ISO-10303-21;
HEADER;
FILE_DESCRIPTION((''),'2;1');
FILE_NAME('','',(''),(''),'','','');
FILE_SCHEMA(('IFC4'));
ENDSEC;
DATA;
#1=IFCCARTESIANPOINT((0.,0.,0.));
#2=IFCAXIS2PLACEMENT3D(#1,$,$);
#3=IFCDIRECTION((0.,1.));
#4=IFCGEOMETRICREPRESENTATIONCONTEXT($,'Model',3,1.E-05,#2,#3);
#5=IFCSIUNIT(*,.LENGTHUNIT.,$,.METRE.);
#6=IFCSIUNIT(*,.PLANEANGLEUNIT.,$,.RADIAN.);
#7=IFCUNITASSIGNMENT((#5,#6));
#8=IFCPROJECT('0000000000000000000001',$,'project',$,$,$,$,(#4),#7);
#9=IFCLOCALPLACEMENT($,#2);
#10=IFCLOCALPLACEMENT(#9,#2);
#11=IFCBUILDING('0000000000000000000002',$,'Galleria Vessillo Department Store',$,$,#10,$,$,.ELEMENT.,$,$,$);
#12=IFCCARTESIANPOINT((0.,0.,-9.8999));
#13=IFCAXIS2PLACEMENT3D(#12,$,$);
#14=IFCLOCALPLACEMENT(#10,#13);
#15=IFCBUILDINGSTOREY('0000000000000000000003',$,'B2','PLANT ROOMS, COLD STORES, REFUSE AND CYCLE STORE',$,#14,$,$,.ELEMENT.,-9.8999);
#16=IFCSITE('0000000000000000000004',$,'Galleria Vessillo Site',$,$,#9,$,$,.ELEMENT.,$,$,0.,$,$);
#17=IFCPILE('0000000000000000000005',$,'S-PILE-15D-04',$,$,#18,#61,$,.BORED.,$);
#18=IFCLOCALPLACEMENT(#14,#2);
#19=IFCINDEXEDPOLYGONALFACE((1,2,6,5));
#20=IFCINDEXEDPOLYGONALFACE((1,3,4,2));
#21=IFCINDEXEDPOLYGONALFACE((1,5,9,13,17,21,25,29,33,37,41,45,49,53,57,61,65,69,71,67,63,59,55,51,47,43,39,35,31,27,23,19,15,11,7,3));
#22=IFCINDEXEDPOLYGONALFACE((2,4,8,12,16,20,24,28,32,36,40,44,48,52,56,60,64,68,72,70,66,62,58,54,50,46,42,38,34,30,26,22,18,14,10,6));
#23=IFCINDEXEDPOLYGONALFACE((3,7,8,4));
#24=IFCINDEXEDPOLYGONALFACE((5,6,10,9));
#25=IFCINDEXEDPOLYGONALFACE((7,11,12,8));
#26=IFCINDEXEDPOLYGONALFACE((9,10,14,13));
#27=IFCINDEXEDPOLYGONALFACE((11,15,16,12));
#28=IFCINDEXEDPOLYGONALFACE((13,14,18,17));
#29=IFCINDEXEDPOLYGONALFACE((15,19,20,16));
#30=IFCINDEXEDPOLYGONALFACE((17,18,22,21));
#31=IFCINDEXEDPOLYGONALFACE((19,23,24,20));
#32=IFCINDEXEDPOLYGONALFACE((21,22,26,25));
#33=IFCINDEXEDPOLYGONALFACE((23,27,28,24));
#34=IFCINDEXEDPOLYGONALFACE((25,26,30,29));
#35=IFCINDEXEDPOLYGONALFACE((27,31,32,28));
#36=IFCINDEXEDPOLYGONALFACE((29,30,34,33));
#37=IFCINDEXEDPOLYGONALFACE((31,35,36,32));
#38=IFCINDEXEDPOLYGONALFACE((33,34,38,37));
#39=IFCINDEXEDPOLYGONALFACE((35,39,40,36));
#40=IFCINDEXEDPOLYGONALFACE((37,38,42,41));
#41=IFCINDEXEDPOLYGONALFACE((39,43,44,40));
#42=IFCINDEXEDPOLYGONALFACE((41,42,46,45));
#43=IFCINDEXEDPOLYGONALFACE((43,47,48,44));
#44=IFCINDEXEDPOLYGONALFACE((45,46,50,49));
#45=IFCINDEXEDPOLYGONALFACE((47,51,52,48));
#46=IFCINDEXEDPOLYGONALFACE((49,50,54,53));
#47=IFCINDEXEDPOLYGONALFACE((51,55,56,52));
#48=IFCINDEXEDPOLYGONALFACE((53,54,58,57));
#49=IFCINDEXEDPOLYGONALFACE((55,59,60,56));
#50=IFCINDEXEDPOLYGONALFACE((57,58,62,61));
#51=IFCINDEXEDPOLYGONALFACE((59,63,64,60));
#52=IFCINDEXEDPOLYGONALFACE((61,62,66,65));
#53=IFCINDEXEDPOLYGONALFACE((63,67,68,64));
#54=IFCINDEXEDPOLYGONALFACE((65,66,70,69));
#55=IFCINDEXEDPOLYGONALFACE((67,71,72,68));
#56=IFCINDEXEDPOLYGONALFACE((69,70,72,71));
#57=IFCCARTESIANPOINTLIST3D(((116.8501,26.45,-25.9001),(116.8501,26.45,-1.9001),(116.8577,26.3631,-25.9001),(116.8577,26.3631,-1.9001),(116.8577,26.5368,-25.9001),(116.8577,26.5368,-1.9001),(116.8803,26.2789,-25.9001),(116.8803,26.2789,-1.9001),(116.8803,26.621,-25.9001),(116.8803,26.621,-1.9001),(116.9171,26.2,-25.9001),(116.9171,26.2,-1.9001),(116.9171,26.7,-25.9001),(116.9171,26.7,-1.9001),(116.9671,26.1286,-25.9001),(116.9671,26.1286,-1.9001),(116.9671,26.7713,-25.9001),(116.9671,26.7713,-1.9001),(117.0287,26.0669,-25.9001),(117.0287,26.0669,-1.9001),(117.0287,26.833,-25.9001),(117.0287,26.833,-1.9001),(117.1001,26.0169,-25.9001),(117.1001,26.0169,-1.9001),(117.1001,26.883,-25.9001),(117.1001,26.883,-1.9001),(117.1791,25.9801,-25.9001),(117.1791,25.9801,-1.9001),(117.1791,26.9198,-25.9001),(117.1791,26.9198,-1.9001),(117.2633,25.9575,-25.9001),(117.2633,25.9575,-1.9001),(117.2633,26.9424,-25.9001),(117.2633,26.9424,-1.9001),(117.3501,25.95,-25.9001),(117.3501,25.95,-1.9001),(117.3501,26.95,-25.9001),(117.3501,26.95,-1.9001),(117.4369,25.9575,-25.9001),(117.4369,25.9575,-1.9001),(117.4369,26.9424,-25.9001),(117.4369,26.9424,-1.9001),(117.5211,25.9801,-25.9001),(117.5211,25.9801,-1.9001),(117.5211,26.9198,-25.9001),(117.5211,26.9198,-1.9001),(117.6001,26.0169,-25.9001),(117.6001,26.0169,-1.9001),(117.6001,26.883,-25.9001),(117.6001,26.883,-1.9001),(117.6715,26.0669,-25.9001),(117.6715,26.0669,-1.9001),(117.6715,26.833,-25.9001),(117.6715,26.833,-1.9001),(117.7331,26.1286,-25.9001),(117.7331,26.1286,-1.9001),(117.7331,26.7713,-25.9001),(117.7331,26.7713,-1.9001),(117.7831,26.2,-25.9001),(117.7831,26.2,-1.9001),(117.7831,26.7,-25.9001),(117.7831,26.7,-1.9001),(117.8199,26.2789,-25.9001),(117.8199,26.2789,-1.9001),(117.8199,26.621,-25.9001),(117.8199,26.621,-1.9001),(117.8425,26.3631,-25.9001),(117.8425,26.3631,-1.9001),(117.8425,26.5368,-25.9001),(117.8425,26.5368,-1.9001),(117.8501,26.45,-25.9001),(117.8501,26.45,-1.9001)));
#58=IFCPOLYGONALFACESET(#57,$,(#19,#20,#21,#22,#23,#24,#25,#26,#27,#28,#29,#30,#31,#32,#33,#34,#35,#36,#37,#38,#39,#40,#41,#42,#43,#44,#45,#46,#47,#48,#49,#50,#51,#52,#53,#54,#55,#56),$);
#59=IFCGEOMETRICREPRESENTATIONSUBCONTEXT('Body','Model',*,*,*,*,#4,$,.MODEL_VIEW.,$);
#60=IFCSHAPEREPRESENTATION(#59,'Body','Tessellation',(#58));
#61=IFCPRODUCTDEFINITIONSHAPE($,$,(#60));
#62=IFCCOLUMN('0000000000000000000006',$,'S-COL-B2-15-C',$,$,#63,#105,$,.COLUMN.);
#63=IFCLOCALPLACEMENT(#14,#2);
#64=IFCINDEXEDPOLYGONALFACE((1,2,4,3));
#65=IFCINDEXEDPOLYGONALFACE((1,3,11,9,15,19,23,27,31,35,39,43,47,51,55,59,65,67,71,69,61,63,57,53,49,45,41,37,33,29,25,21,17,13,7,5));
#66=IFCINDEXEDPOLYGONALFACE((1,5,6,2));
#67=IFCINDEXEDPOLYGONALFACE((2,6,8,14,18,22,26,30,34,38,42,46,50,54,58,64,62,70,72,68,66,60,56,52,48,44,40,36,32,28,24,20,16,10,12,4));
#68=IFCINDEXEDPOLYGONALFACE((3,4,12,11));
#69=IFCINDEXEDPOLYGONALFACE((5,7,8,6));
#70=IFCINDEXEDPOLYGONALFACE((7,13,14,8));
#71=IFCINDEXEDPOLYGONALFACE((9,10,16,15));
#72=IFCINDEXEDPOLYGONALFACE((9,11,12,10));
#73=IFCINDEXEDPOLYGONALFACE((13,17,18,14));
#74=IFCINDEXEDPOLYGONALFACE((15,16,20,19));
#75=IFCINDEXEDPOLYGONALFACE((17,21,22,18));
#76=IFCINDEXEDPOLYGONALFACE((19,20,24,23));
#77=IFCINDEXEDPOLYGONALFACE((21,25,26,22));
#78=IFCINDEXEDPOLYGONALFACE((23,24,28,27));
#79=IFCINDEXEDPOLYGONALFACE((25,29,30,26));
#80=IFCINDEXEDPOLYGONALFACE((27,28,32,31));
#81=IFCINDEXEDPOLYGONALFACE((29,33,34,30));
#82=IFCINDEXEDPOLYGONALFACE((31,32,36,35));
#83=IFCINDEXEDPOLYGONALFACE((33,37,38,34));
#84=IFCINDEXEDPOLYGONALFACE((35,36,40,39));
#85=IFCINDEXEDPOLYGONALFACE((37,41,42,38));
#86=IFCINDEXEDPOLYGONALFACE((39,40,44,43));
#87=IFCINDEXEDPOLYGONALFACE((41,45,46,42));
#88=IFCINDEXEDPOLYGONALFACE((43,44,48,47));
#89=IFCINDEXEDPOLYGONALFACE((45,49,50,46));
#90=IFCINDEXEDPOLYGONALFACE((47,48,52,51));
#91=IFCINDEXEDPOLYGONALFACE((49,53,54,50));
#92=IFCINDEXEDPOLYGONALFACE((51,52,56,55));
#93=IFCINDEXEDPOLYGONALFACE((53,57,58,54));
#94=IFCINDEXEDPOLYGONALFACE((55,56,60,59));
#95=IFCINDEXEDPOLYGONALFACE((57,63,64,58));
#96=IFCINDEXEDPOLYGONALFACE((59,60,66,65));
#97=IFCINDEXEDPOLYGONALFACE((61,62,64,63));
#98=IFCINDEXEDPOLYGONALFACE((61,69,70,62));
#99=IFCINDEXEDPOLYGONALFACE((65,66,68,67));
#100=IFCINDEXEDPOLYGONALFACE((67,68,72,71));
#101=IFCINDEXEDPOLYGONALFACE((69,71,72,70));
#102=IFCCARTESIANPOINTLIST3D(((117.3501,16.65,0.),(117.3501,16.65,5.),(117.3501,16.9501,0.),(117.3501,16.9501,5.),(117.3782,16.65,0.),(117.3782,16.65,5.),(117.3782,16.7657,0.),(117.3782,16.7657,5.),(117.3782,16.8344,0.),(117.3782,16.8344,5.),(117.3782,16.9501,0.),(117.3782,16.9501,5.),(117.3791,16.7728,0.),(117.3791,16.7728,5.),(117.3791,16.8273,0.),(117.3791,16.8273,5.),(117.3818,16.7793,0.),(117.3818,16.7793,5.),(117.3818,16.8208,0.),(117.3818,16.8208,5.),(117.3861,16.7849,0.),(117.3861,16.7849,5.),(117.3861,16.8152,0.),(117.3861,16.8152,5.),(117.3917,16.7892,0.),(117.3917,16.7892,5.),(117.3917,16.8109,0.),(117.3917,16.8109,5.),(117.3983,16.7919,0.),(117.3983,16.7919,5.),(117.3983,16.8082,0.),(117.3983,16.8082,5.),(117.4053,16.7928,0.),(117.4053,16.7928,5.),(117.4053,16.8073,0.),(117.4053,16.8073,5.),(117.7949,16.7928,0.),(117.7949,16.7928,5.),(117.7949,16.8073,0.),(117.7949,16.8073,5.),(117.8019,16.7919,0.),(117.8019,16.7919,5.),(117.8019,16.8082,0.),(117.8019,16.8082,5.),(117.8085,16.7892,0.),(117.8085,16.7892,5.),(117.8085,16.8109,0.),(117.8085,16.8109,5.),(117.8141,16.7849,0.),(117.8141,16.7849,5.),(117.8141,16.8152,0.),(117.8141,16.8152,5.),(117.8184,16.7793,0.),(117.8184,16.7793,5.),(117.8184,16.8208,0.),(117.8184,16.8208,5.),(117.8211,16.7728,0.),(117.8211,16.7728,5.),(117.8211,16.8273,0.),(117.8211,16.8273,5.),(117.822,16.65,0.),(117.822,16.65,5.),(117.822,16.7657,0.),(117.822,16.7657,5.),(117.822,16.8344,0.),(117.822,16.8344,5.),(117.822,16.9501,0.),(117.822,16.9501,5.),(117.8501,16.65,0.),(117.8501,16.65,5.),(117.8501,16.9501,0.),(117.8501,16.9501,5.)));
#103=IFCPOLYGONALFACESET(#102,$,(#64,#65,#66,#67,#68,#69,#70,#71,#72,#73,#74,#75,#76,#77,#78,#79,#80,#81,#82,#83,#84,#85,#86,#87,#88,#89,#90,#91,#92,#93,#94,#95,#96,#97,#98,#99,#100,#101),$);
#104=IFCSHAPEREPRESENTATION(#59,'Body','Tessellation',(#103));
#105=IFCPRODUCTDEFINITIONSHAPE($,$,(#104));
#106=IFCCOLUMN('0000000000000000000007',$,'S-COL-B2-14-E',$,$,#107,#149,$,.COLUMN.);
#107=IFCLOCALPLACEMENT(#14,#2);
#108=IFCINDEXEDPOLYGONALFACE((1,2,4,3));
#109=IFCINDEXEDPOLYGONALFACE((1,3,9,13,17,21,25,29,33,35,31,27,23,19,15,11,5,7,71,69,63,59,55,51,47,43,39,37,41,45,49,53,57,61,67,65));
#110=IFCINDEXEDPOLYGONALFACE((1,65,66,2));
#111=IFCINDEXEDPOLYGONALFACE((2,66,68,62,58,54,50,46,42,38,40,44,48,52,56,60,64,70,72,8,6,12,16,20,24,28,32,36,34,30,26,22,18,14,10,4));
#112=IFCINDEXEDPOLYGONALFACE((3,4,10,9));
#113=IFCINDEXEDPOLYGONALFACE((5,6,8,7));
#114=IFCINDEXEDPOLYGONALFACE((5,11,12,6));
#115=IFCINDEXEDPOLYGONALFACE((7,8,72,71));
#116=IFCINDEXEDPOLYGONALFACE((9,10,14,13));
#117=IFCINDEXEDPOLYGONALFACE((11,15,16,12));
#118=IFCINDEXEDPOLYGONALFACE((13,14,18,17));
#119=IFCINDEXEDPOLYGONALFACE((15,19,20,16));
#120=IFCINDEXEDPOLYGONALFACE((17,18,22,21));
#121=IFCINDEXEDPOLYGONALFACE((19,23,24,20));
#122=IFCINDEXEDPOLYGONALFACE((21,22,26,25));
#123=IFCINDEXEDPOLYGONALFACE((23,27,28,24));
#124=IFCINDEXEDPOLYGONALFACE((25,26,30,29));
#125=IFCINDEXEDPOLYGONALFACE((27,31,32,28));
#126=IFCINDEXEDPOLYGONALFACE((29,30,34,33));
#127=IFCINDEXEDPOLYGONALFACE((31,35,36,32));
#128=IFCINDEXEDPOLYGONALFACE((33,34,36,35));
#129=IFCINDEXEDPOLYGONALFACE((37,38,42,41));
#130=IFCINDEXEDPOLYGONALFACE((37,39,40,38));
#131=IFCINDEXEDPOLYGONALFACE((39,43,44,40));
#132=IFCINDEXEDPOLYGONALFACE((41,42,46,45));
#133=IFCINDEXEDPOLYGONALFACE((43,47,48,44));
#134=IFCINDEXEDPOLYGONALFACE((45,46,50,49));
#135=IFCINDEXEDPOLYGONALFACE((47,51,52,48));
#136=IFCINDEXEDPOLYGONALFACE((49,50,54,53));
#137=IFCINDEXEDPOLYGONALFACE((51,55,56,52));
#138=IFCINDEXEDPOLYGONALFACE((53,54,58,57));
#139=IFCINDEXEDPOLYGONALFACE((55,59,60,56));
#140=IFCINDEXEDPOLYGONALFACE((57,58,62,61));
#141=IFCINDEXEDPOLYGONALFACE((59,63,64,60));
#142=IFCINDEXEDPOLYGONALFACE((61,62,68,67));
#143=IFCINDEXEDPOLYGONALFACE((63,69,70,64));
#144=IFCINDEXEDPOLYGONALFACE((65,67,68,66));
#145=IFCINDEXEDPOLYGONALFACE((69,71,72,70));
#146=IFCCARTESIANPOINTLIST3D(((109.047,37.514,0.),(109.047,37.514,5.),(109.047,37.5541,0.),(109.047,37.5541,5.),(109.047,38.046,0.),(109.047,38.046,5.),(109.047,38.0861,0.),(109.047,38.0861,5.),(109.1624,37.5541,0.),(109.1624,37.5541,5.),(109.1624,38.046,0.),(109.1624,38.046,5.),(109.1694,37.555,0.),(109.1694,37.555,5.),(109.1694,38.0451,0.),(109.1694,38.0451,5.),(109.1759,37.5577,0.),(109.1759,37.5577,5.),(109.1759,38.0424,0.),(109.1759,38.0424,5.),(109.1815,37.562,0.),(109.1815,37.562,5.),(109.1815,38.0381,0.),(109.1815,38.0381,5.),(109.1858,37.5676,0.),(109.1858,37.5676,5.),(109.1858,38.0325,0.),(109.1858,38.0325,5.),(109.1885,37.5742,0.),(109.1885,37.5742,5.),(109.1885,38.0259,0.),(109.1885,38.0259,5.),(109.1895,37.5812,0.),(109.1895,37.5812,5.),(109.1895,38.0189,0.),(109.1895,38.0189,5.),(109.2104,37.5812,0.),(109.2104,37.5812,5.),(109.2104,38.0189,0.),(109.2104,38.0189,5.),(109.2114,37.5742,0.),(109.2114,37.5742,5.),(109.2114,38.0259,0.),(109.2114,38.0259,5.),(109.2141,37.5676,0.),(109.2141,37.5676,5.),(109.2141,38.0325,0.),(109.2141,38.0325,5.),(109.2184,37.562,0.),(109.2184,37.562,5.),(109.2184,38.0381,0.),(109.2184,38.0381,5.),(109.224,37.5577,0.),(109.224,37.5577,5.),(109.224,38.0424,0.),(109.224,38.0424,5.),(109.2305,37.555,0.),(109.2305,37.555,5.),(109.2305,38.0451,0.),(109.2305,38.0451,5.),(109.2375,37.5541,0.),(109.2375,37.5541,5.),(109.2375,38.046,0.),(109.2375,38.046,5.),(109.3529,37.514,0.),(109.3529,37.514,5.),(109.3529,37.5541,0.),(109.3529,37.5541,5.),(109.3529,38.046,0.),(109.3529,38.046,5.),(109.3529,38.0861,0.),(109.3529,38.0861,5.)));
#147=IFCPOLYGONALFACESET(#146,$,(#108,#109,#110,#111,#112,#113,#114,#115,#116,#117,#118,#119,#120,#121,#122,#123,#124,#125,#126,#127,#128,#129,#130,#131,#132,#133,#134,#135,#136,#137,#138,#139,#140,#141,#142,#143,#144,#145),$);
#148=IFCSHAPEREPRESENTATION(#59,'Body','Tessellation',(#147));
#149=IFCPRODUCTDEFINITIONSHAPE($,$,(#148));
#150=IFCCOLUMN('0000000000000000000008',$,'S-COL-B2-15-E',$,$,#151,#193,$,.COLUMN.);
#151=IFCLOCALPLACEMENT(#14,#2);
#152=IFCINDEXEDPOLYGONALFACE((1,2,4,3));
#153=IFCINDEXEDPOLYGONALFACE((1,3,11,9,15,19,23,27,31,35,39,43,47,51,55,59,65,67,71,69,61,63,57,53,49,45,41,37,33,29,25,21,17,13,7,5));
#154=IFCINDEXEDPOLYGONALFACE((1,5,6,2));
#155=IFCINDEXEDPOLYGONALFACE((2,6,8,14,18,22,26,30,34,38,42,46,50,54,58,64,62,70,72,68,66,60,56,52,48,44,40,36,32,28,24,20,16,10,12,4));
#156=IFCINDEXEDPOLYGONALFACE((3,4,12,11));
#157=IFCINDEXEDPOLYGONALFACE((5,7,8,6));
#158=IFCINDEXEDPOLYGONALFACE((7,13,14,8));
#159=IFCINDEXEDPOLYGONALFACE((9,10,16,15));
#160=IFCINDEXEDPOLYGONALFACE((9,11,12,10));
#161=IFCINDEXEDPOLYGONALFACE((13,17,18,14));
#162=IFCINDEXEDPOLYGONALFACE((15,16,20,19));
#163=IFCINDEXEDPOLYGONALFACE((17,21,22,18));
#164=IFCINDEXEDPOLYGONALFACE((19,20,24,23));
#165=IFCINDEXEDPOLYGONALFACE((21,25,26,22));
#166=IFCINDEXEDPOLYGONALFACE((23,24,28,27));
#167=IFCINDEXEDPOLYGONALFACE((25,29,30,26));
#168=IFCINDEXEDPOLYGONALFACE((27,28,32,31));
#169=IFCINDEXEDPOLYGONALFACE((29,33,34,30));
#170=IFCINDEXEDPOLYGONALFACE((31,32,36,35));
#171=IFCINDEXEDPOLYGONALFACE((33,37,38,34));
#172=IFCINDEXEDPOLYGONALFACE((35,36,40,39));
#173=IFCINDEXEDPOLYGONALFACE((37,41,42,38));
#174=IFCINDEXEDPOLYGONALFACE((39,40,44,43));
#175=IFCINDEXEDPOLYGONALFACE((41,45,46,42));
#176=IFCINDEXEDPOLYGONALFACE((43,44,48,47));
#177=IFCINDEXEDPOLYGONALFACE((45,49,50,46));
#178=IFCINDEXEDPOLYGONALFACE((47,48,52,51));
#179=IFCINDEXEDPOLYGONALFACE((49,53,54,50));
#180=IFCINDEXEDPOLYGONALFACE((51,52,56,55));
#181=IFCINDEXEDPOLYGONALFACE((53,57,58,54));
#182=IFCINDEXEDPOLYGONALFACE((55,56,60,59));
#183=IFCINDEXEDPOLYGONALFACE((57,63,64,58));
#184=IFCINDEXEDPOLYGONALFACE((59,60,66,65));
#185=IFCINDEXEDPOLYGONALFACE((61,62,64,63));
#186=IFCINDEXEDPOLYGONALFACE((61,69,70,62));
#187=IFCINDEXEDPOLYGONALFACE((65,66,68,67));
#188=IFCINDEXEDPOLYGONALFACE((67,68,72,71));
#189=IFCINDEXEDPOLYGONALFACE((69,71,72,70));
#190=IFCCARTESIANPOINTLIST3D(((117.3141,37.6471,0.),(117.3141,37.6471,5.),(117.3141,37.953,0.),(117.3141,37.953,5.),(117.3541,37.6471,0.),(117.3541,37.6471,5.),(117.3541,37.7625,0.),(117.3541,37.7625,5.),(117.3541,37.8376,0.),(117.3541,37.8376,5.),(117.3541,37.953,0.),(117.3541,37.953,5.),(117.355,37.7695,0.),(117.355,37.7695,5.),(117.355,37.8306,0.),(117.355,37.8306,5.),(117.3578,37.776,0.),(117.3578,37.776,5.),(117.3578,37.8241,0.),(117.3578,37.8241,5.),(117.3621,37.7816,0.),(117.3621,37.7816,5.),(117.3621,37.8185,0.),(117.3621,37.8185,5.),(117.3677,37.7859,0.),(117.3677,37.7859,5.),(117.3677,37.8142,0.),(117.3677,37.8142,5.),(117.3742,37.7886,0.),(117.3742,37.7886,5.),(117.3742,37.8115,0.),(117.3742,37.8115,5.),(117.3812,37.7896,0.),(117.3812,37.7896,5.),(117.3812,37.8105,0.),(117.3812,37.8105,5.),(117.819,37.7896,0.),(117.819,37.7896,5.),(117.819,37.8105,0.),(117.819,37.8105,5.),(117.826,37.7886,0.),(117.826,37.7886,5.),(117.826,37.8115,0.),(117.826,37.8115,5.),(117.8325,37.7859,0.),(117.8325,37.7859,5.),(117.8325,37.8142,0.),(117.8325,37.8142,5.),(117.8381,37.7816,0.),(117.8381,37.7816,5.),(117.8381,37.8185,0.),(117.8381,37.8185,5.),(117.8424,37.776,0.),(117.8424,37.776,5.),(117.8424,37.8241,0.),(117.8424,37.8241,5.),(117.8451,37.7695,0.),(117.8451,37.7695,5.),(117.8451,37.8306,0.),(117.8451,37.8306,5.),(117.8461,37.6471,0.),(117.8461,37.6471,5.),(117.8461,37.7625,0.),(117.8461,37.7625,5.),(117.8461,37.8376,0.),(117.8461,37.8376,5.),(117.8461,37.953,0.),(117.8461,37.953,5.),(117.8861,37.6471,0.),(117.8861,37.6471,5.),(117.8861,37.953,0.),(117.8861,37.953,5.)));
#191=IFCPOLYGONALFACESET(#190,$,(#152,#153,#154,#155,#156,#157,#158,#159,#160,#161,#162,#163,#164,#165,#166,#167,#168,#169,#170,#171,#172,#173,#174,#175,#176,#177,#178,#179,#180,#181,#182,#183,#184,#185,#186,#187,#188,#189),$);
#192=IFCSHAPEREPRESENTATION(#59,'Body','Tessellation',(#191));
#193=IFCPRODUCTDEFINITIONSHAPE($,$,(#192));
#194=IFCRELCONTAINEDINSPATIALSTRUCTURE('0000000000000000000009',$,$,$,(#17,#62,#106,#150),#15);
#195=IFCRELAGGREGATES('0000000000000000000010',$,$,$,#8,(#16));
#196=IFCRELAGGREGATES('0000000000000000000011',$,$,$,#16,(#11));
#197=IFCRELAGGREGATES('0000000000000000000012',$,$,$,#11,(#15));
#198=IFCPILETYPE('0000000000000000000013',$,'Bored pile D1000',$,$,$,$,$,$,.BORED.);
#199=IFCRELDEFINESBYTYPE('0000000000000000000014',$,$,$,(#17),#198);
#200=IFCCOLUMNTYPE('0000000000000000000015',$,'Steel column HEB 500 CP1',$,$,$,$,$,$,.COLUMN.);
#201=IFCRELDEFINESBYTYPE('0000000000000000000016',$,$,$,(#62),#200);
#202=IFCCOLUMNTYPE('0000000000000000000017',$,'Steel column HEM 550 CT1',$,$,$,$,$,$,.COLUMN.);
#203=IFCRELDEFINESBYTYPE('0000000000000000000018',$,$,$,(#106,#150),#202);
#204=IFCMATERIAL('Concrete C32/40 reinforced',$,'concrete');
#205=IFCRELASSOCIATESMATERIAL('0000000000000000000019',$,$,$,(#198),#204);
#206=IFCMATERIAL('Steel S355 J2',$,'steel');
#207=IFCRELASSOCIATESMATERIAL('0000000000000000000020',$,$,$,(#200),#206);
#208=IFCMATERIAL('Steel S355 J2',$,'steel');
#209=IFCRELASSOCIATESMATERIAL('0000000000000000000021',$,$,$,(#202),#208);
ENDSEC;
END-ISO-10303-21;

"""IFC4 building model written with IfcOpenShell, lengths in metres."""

from ifc_helpers import new_model, si_unit, direction, frame, origin, origin_2d, place, context, subcontext, project, spatial, circle, i_section, extrude, material, material_profile, profile_set, type_object, element, save


model = new_model("IFC4")

# Units and contexts
model_context = context("Model", 3, precision=1e-05, world=origin(), true_north=direction((0.0, 1.0)))
body_context = subcontext(model_context, "Body", "Model", "MODEL_VIEW")
ifc_project = project(units=[si_unit("LENGTHUNIT", "METRE"), si_unit("PLANEANGLEUNIT", "RADIAN")], contexts=[model_context])

# Site, building, storey
site_placement = place(None, origin())
site = spatial("IfcSite", under=ifc_project, at=site_placement, Name="Galleria Vessillo Site", CompositionType="ELEMENT", RefElevation=0.0)
building_placement = place(site_placement, origin())
building = spatial("IfcBuilding", under=site, at=building_placement, Name="Galleria Vessillo Department Store", CompositionType="ELEMENT")
storey_placement = place(building_placement, frame((0.0, 0.0, -9.8999)))
storey = spatial("IfcBuildingStorey", under=building, at=storey_placement, Name="B2", Description="PLANT ROOMS, COLD STORES, REFUSE AND CYCLE STORE", CompositionType="ELEMENT", Elevation=-9.8999)

# Pile
ifc_material_1 = material(Name="Concrete C32/40 reinforced", Category="concrete")
ifc_material_profile_1 = material_profile(ifc_material_1, circle(Radius=0.5, at=origin_2d()), Name="Bored pile D1000")
ifc_profile_set_1 = profile_set([ifc_material_profile_1], Name="Concrete C32/40 reinforced")
pile_type = type_object("IfcPileType", Name="Bored pile D1000", PredefinedType="BORED", material=ifc_profile_set_1)
for number, where, z_axis, x_axis, name in (
    (1, (117.3501, 26.45, -1.9001), (0.0, 0.0, -1.0), (1.0, 0.0, 0.0), "S-PILE-15D-04"),
):
    element("IfcPile", number, at=place(storey_placement, frame(where, z_axis=z_axis, x_axis=x_axis)), inside=storey, type_object=pile_type, Name=name, PredefinedType="BORED", context=body_context, shape_type="SweptSolid", body=[
        extrude(circle(Radius=0.5, at=origin_2d()), origin(), (0.0, 0.0, 1.0), 24.0),
    ])

# Columns
ifc_material_2 = material(Name="Steel S355 J2", Category="steel")
ifc_material_profile_2 = material_profile(ifc_material_2, i_section(OverallWidth=0.3, OverallDepth=0.5, WebThickness=0.0144, FlangeThickness=0.0281, FilletRadius=0.0271, at=origin_2d()), Name="HEB 500")
ifc_profile_set_2 = profile_set([ifc_material_profile_2], Name="Steel S355 J2")
column_type_1 = type_object("IfcColumnType", Name="Steel column HEB 500 CP1", PredefinedType="COLUMN", material=ifc_profile_set_2)
column_placement = place(storey_placement, frame((117.6001, 16.8, 0.0), z_axis=(0.0, 0.0, 1.0), x_axis=(0.0, 1.0, 0.0)))
element("IfcColumn", 2, at=column_placement, inside=storey, type_object=column_type_1, Name="S-COL-B2-15-C", PredefinedType="COLUMN", context=body_context, shape_type="SweptSolid", body=[
    extrude(i_section(OverallWidth=0.3, OverallDepth=0.5, WebThickness=0.0144, FlangeThickness=0.0281, FilletRadius=0.0271, at=origin_2d()), origin(), (0.0, 0.0, 1.0), 5.0),
])
ifc_material_3 = material(Name="Steel S355 J2", Category="steel")
ifc_material_profile_3 = material_profile(ifc_material_3, i_section(OverallWidth=0.3059, OverallDepth=0.572, WebThickness=0.021, FlangeThickness=0.04, FilletRadius=0.0271, at=origin_2d()), Name="HEM 550")
ifc_profile_set_3 = profile_set([ifc_material_profile_3], Name="Steel S355 J2")
column_type_2 = type_object("IfcColumnType", Name="Steel column HEM 550 CT1", PredefinedType="COLUMN", material=ifc_profile_set_3)
for number, where, z_axis, x_axis, name in (
    (3, (109.2, 37.8, 0.0), (0.0, 0.0, 1.0), (1.0, 0.0, 0.0), "S-COL-B2-14-E"),
    (4, (117.6001, 37.8, 0.0), (0.0, 0.0, 1.0), (0.0, 1.0, 0.0), "S-COL-B2-15-E"),
):
    element("IfcColumn", number, at=place(storey_placement, frame(where, z_axis=z_axis, x_axis=x_axis)), inside=storey, type_object=column_type_2, Name=name, PredefinedType="COLUMN", context=body_context, shape_type="SweptSolid", body=[
        extrude(i_section(OverallWidth=0.3059, OverallDepth=0.572, WebThickness=0.021, FlangeThickness=0.04, FilletRadius=0.0271, at=origin_2d()), origin(), (0.0, 0.0, 1.0), 5.0),
    ])

save(model, "model.ifc")
